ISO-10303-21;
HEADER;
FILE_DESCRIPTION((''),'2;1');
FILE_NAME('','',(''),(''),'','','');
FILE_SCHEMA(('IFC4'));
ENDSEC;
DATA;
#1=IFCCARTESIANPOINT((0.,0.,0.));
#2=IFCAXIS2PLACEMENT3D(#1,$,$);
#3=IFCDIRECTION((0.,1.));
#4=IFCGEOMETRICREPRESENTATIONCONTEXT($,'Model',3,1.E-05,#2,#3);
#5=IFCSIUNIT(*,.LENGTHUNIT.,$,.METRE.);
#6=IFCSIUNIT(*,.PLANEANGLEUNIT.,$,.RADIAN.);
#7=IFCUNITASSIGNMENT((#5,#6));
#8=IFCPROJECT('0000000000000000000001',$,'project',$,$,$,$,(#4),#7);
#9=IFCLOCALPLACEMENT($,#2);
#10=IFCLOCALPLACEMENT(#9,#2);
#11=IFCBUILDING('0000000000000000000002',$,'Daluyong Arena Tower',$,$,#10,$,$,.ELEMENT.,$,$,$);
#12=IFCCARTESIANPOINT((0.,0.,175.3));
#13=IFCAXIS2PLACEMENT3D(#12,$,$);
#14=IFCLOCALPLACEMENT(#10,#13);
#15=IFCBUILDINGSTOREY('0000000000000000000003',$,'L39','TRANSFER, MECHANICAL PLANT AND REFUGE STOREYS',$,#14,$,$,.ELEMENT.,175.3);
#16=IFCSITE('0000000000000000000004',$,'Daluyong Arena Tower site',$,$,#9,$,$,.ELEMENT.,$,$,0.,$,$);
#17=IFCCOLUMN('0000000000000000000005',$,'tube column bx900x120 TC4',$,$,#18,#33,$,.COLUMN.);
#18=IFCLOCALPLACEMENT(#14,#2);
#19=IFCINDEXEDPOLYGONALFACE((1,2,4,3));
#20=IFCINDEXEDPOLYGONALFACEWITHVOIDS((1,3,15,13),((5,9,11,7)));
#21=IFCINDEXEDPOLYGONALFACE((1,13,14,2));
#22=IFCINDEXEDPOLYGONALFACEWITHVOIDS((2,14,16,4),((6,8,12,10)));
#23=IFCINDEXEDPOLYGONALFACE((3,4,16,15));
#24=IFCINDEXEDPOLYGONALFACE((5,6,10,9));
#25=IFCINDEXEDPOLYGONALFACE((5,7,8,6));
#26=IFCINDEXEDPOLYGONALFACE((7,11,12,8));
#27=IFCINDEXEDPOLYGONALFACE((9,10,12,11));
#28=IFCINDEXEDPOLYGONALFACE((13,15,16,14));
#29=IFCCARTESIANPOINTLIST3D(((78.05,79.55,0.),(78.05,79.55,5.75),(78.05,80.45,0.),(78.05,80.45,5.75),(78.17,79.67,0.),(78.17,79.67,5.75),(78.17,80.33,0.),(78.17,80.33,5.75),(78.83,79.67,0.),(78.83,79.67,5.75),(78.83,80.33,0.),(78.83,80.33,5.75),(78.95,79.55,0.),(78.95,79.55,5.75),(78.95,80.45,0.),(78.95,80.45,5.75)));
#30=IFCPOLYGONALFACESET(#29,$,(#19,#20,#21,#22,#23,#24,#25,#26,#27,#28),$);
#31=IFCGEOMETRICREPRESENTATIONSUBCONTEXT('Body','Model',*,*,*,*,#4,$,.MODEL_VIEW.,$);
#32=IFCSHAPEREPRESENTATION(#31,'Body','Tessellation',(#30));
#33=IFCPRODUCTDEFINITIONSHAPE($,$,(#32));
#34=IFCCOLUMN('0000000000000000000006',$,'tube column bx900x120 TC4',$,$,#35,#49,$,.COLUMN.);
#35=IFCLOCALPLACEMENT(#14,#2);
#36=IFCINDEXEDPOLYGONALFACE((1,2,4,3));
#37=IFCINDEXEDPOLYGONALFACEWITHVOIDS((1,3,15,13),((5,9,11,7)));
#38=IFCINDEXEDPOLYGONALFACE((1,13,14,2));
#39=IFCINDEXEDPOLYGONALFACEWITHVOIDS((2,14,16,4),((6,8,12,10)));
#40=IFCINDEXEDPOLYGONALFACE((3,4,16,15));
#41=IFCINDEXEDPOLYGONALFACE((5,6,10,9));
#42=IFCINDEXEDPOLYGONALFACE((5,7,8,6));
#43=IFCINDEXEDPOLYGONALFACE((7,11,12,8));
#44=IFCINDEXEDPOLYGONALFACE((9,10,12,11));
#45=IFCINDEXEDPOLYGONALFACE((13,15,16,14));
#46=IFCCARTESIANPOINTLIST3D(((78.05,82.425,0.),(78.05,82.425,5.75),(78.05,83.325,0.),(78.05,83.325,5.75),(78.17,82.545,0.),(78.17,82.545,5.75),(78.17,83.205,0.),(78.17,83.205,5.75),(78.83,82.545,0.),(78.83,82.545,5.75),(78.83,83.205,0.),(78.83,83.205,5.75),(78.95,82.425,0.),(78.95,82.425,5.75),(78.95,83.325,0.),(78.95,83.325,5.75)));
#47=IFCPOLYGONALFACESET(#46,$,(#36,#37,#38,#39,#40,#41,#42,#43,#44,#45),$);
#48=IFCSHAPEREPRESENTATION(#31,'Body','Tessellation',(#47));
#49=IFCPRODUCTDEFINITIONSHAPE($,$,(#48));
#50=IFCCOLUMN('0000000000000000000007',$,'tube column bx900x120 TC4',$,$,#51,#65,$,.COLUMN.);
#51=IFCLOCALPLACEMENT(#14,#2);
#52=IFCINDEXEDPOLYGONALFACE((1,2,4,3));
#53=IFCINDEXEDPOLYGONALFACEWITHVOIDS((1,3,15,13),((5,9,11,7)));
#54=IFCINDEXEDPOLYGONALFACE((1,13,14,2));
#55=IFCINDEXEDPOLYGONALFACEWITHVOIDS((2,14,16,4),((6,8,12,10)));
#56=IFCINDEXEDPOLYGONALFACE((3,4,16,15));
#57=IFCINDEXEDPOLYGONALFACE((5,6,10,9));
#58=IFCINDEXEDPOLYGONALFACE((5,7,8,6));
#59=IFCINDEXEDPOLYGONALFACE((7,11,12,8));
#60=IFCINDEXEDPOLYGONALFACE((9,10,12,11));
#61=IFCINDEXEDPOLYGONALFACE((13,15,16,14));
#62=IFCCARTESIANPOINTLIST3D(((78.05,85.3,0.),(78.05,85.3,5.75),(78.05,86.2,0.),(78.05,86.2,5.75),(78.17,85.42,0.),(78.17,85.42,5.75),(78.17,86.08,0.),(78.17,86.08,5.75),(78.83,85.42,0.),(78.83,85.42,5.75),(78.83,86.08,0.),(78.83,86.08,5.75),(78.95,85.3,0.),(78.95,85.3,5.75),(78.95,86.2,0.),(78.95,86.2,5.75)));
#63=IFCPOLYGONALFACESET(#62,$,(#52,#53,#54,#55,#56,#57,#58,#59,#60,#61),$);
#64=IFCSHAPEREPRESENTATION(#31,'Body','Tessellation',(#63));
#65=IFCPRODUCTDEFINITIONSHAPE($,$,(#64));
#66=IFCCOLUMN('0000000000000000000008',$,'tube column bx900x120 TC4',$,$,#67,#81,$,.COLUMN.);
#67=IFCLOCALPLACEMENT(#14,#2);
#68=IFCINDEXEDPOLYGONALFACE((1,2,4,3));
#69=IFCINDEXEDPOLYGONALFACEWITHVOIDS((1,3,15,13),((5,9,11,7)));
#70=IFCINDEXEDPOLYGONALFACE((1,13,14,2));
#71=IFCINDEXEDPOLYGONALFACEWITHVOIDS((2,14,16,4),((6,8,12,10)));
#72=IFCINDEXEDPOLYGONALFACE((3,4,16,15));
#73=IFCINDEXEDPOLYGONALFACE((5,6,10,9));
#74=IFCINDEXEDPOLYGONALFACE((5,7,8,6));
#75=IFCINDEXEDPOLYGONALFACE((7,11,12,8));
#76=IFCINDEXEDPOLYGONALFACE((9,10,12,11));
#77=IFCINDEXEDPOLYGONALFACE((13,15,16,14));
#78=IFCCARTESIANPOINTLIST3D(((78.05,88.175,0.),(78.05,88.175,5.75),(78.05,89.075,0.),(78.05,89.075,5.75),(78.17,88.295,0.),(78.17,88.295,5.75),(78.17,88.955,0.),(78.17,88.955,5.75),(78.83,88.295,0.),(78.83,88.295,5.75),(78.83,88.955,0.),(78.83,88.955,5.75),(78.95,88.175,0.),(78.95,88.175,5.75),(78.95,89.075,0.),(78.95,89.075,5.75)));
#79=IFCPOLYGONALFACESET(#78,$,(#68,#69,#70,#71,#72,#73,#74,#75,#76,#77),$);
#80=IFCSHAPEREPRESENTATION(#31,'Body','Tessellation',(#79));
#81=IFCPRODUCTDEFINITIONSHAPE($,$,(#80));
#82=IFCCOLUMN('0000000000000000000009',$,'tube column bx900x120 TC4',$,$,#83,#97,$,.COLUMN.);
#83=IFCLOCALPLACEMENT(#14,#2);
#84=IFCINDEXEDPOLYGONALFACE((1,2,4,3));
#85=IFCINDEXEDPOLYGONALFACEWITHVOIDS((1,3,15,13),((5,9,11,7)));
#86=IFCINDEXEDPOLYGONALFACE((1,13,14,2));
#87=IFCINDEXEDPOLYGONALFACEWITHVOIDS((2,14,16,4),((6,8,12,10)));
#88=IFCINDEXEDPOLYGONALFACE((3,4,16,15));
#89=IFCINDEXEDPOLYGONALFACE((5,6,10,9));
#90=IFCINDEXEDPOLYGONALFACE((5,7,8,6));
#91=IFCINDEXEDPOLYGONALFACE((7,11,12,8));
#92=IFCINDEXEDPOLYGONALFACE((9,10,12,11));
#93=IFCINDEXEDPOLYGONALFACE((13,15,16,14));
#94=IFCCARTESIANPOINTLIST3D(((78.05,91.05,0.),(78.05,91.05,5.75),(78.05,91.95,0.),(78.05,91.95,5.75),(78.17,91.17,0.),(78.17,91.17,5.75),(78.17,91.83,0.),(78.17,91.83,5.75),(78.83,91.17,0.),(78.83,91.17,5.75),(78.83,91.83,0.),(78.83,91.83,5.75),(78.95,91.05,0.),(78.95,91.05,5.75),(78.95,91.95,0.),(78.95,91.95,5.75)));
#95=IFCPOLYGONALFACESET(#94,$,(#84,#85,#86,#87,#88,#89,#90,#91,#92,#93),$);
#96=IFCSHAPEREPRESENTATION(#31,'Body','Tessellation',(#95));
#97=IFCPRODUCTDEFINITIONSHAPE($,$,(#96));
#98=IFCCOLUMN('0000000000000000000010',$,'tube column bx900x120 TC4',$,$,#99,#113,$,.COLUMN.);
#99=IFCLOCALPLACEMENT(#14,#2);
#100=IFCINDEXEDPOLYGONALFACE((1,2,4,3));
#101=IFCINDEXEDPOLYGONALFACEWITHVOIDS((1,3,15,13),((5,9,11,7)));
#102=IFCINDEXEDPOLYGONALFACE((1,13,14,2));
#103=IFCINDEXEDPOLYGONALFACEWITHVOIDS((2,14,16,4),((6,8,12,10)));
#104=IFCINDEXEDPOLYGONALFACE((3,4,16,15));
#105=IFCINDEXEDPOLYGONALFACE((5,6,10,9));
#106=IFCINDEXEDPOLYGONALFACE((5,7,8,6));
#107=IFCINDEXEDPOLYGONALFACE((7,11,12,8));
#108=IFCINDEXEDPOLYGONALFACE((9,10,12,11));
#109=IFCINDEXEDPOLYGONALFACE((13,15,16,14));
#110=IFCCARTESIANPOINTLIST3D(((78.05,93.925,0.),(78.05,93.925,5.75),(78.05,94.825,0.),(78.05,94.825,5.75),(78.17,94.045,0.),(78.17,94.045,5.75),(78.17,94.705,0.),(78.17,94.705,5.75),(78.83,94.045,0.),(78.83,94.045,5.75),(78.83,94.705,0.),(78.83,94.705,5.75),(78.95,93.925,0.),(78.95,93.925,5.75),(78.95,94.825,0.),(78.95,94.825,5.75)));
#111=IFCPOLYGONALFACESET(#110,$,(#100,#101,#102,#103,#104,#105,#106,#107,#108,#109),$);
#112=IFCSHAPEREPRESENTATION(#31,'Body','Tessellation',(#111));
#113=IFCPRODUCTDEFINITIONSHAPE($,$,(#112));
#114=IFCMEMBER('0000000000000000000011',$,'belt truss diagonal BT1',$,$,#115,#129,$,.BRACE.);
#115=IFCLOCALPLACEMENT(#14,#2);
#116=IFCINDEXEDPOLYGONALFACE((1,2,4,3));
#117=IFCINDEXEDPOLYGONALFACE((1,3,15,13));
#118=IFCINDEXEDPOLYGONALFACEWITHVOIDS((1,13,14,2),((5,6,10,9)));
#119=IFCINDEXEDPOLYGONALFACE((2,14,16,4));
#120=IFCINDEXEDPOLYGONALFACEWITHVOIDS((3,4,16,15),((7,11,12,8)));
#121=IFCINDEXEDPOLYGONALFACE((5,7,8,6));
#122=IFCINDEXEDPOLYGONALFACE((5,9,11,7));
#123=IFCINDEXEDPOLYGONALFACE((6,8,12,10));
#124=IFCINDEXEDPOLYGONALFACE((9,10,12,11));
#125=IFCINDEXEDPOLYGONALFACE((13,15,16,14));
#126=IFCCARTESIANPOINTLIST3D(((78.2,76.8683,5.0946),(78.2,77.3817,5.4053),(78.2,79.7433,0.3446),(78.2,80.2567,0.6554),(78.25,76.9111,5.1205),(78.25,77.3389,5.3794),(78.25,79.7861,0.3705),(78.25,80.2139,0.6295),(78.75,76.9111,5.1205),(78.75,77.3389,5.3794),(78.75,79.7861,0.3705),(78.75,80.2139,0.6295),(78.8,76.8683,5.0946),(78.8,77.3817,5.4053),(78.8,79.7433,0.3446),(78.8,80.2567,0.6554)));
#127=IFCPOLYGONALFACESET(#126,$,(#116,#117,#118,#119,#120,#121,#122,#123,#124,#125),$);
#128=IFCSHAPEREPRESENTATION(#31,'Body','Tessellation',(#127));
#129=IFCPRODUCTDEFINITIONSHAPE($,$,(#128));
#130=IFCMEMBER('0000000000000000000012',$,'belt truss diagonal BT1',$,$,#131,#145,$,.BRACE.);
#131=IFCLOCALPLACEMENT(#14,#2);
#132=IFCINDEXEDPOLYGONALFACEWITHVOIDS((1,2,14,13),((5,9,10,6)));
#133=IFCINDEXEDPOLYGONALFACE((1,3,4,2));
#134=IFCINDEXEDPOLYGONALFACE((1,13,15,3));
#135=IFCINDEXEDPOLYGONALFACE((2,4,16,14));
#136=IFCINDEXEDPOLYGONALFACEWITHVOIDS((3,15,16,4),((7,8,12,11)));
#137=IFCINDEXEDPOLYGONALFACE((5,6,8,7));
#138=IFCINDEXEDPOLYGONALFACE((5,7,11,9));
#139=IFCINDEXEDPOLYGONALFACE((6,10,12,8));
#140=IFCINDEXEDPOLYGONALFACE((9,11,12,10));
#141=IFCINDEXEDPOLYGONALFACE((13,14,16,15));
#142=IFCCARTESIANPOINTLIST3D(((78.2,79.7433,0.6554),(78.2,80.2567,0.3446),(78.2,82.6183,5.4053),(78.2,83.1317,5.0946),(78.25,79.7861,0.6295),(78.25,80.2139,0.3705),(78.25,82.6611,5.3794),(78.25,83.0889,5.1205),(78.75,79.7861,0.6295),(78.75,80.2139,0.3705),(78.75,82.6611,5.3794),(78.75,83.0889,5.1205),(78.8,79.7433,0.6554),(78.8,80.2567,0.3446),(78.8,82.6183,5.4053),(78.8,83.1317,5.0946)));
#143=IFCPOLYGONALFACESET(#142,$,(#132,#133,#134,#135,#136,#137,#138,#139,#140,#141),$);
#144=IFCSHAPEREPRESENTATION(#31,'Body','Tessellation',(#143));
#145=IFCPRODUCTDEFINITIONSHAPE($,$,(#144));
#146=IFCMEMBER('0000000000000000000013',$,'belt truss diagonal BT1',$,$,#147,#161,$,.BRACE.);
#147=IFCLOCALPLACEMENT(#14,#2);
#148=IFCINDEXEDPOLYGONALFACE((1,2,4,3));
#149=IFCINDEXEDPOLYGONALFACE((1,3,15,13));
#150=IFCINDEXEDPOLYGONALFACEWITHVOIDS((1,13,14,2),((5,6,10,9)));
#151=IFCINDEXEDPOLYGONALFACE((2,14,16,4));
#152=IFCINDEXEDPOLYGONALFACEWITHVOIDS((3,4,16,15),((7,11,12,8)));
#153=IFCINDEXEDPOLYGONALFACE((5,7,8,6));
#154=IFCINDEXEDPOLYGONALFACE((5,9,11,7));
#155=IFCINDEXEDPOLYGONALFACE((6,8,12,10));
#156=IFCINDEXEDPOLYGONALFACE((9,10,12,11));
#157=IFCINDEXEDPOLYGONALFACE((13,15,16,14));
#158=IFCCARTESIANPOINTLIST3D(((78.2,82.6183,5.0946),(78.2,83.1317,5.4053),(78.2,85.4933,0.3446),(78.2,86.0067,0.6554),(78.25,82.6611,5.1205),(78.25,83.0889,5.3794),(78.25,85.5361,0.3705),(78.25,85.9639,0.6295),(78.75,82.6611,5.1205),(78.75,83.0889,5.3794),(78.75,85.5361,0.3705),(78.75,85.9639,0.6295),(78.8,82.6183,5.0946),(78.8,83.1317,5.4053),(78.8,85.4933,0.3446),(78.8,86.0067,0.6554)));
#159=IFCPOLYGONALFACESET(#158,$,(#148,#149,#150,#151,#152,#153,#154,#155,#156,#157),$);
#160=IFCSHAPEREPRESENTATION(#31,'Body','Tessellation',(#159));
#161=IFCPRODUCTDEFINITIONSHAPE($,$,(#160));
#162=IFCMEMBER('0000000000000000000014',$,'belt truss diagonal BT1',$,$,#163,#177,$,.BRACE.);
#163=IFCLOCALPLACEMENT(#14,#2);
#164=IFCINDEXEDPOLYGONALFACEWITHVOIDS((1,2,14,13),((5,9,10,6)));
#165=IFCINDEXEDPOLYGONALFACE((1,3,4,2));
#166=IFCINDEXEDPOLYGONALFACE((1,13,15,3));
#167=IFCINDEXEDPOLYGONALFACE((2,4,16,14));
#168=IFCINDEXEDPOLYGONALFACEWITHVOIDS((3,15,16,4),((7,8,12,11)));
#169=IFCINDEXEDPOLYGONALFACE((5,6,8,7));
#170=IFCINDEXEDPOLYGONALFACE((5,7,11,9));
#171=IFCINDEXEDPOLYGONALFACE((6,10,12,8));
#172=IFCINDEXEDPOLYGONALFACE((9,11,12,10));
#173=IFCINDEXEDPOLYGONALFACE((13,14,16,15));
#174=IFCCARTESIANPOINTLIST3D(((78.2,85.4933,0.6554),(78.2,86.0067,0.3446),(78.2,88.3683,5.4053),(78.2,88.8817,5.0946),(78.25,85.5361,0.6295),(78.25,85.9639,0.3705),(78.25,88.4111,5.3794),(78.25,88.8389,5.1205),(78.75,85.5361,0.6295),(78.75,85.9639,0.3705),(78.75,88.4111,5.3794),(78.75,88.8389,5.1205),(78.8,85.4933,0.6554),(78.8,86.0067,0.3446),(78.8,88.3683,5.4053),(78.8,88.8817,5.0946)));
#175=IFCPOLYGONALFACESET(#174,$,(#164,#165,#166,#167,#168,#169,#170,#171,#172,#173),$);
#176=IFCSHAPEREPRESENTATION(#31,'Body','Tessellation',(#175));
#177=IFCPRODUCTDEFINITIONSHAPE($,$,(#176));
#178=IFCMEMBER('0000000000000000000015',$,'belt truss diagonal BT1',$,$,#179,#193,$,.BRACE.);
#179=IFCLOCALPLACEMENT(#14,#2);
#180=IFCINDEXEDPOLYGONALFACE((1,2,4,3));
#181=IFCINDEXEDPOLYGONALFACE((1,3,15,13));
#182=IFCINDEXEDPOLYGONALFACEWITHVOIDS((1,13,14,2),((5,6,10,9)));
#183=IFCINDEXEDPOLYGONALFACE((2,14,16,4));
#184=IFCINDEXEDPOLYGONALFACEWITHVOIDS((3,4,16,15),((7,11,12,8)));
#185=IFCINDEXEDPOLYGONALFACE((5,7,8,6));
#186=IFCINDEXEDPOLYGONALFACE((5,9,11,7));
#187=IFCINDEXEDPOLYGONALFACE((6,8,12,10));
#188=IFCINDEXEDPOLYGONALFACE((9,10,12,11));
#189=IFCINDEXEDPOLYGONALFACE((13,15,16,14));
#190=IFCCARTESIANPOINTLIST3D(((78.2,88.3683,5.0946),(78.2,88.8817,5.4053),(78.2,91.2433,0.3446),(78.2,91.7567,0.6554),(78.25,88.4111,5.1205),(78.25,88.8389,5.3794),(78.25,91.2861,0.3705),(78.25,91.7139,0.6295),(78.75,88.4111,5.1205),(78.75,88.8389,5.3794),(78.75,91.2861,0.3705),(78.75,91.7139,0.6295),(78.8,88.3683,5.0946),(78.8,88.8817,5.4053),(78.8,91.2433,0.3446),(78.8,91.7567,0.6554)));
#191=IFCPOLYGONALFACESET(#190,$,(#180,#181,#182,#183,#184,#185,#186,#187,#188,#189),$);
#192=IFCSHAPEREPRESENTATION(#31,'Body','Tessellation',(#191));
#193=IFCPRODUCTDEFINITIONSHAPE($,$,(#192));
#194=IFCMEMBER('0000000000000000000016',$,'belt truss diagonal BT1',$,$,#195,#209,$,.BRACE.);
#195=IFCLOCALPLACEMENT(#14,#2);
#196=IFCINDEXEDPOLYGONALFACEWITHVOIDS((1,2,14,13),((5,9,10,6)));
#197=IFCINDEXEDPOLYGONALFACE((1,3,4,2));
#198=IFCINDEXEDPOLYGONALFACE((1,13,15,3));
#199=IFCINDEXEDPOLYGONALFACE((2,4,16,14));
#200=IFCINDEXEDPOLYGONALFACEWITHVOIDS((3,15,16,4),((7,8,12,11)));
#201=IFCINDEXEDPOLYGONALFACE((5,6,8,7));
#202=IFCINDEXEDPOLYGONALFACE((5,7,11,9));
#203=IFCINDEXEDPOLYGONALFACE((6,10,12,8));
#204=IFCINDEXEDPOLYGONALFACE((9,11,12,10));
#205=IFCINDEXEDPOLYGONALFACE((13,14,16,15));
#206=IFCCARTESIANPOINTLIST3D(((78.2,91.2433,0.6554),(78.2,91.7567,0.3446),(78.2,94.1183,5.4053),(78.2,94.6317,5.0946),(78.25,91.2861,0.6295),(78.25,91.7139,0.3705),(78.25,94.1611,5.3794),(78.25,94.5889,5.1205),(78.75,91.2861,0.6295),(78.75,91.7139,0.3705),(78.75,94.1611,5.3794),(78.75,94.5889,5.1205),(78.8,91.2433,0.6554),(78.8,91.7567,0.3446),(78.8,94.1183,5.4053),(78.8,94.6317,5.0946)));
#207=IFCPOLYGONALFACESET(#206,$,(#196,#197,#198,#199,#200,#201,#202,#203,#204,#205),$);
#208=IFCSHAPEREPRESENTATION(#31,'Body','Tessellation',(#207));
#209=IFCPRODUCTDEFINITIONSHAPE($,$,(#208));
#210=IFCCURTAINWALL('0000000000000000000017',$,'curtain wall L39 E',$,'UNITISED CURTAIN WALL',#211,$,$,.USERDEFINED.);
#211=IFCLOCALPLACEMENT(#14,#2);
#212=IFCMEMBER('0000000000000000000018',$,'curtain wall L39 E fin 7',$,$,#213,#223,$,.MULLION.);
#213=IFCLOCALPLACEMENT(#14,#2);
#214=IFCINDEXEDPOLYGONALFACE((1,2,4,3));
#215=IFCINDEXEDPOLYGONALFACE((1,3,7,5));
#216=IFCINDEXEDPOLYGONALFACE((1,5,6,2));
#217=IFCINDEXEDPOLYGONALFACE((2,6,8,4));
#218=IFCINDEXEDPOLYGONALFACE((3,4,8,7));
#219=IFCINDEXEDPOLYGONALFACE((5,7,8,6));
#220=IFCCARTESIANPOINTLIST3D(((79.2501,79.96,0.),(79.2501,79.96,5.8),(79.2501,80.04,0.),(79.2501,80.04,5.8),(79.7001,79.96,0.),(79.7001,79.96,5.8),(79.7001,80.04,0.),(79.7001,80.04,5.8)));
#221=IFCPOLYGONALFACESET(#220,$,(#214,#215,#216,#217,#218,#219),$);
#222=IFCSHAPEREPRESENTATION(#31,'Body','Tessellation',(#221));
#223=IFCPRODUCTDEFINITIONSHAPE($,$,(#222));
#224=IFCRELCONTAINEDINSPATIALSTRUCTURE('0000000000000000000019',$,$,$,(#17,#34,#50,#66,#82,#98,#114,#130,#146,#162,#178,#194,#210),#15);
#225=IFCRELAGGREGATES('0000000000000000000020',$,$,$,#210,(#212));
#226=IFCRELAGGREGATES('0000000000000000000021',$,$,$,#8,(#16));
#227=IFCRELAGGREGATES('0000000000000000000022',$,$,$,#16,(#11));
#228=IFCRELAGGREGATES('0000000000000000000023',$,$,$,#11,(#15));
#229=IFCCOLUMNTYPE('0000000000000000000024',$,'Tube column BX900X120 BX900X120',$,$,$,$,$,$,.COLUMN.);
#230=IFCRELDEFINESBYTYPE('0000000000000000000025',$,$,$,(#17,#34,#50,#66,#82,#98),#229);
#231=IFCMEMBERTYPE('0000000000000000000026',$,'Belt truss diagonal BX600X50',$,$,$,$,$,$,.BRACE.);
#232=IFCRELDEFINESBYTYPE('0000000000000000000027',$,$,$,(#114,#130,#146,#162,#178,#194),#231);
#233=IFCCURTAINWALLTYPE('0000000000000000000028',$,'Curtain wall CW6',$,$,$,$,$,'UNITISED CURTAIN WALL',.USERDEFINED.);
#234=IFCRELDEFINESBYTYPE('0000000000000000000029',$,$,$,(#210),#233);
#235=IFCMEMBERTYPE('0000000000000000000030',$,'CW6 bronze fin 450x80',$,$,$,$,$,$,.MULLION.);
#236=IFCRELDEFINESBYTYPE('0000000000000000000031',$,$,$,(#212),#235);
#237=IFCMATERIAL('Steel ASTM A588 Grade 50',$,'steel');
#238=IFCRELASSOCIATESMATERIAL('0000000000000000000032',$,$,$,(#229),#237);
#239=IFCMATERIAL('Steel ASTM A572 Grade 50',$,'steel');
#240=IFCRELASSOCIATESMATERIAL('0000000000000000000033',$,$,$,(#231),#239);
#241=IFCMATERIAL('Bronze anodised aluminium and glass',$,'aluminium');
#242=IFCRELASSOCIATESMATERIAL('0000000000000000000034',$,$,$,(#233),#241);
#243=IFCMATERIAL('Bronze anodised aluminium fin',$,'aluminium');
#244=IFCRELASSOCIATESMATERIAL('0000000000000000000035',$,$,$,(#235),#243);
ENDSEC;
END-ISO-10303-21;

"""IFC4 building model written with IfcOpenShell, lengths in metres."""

from ifc_helpers import new_model, si_unit, direction, frame, origin, origin_2d, place, context, subcontext, project, spatial, rectangle, hollow_rectangle, extrude, material, material_profile, profile_set, type_object, element, aggregate, save


model = new_model("IFC4")

# Units and contexts
model_context = context("Model", 3, precision=1e-05, world=origin(), true_north=direction((0.0, 1.0)))
body_context = subcontext(model_context, "Body", "Model", "MODEL_VIEW")
ifc_project = project(units=[si_unit("LENGTHUNIT", "METRE"), si_unit("PLANEANGLEUNIT", "RADIAN")], contexts=[model_context])

# Site, building, storey
site_placement = place(None, origin())
site = spatial("IfcSite", under=ifc_project, at=site_placement, Name="Daluyong Arena Tower site", CompositionType="ELEMENT", RefElevation=0.0)
building_placement = place(site_placement, origin())
building = spatial("IfcBuilding", under=site, at=building_placement, Name="Daluyong Arena Tower", CompositionType="ELEMENT")
storey_placement = place(building_placement, frame((0.0, 0.0, 175.3)))
storey = spatial("IfcBuildingStorey", under=building, at=storey_placement, Name="L39", Description="TRANSFER, MECHANICAL PLANT AND REFUGE STOREYS", CompositionType="ELEMENT", Elevation=175.3)

# Columns
ifc_material_1 = material(Name="Steel ASTM A588 Grade 50", Category="steel")
ifc_material_profile_1 = material_profile(ifc_material_1, hollow_rectangle(XDim=0.8999, YDim=0.8999, WallThickness=0.12, at=origin_2d()))
ifc_profile_set_1 = profile_set([ifc_material_profile_1], Name="Steel ASTM A588 Grade 50")
column_type = type_object("IfcColumnType", Name="Tube column BX900X120 BX900X120", PredefinedType="COLUMN", material=ifc_profile_set_1)
for number, where, z_axis, x_axis, name in (
    (1, (78.5, 80.0, 0.0), (0.0, 0.0, 1.0), (0.0, 1.0, 0.0), "tube column bx900x120 TC4"),
    (2, (78.5, 82.875, 0.0), (0.0, 0.0, 1.0), (0.0, 1.0, 0.0), "tube column bx900x120 TC4"),
    (3, (78.5, 85.75, 0.0), (0.0, 0.0, 1.0), (0.0, 1.0, 0.0), "tube column bx900x120 TC4"),
    (4, (78.5, 88.625, 0.0), (0.0, 0.0, 1.0), (0.0, 1.0, 0.0), "tube column bx900x120 TC4"),
    (5, (78.5, 91.5, 0.0), (0.0, 0.0, 1.0), (0.0, 1.0, 0.0), "tube column bx900x120 TC4"),
    (6, (78.5, 94.375, 0.0), (0.0, 0.0, 1.0), (0.0, 1.0, 0.0), "tube column bx900x120 TC4"),
):
    element("IfcColumn", number, at=place(storey_placement, frame(where, z_axis=z_axis, x_axis=x_axis)), inside=storey, type_object=column_type, Name=name, PredefinedType="COLUMN", context=body_context, shape_type="SweptSolid", body=[
        extrude(hollow_rectangle(XDim=0.8999, YDim=0.8999, WallThickness=0.12, at=origin_2d()), origin(), (0.0, 0.0, 1.0), 5.75),
    ])

# Members
ifc_material_2 = material(Name="Steel ASTM A572 Grade 50", Category="steel")
ifc_material_profile_2 = material_profile(ifc_material_2, hollow_rectangle(XDim=0.6001, YDim=0.6001, WallThickness=0.05, at=origin_2d()))
ifc_profile_set_2 = profile_set([ifc_material_profile_2], Name="Steel ASTM A572 Grade 50")
member_type_1 = type_object("IfcMemberType", Name="Belt truss diagonal BX600X50", PredefinedType="BRACE", material=ifc_profile_set_2)
for number, where, z_axis, x_axis, name in (
    (7, (78.5, 80.0, 0.5), (0.0, -0.517803, 0.8555), (1.0, 0.0, 0.0), "belt truss diagonal BT1"),
    (8, (78.5, 80.0, 0.5), (0.0, 0.517803, 0.8555), (-1.0, 0.0, 0.0), "belt truss diagonal BT1"),
    (9, (78.5, 85.75, 0.5), (0.0, -0.517803, 0.8555), (1.0, 0.0, 0.0), "belt truss diagonal BT1"),
    (10, (78.5, 85.75, 0.5), (0.0, 0.517803, 0.8555), (-1.0, 0.0, 0.0), "belt truss diagonal BT1"),
    (11, (78.5, 91.5, 0.5), (0.0, -0.517803, 0.8555), (1.0, 0.0, 0.0), "belt truss diagonal BT1"),
    (12, (78.5, 91.5, 0.5), (0.0, 0.517803, 0.8555), (-1.0, 0.0, 0.0), "belt truss diagonal BT1"),
):
    element("IfcMember", number, at=place(storey_placement, frame(where, z_axis=z_axis, x_axis=x_axis)), inside=storey, type_object=member_type_1, Name=name, PredefinedType="BRACE", context=body_context, shape_type="SweptSolid", body=[
        extrude(hollow_rectangle(XDim=0.6001, YDim=0.6001, WallThickness=0.05, at=origin_2d()), origin(), (0.0, 0.0, 1.0), 5.5522),
    ])

# Curtain wall, member
ifc_material_3 = material(Name="Bronze anodised aluminium and glass", Category="aluminium")
curtain_wall_type = type_object("IfcCurtainWallType", Name="Curtain wall CW6", ElementType="UNITISED CURTAIN WALL", PredefinedType="USERDEFINED", material=ifc_material_3)
curtain_wall_placement = place(storey_placement, origin())
curtain_wall = element("IfcCurtainWall", 13, at=curtain_wall_placement, inside=storey, type_object=curtain_wall_type, Name="curtain wall L39 E", ObjectType="UNITISED CURTAIN WALL", PredefinedType="USERDEFINED")
ifc_material_4 = material(Name="Bronze anodised aluminium fin", Category="aluminium")
ifc_material_profile_3 = material_profile(ifc_material_4, rectangle(XDim=0.45, YDim=0.0801, at=origin_2d()))
ifc_profile_set_3 = profile_set([ifc_material_profile_3], Name="Bronze anodised aluminium fin")
member_type_2 = type_object("IfcMemberType", Name="CW6 bronze fin 450x80", PredefinedType="MULLION", material=ifc_profile_set_3)
member_1_placement = place(storey_placement, frame((79.4751, 80.0, 0.0), z_axis=(0.0, 0.0, 1.0), x_axis=(-1.0, 0.0, 0.0)))
member_1 = element("IfcMember", 14, at=member_1_placement, type_object=member_type_2, Name="curtain wall L39 E fin 7", PredefinedType="MULLION", context=body_context, shape_type="SweptSolid", body=[
    extrude(rectangle(XDim=0.45, YDim=0.0801, at=origin_2d()), origin(), (0.0, 0.0, 1.0), 5.8),
])

aggregate(curtain_wall, [member_1])

save(model, "model.ifc")
